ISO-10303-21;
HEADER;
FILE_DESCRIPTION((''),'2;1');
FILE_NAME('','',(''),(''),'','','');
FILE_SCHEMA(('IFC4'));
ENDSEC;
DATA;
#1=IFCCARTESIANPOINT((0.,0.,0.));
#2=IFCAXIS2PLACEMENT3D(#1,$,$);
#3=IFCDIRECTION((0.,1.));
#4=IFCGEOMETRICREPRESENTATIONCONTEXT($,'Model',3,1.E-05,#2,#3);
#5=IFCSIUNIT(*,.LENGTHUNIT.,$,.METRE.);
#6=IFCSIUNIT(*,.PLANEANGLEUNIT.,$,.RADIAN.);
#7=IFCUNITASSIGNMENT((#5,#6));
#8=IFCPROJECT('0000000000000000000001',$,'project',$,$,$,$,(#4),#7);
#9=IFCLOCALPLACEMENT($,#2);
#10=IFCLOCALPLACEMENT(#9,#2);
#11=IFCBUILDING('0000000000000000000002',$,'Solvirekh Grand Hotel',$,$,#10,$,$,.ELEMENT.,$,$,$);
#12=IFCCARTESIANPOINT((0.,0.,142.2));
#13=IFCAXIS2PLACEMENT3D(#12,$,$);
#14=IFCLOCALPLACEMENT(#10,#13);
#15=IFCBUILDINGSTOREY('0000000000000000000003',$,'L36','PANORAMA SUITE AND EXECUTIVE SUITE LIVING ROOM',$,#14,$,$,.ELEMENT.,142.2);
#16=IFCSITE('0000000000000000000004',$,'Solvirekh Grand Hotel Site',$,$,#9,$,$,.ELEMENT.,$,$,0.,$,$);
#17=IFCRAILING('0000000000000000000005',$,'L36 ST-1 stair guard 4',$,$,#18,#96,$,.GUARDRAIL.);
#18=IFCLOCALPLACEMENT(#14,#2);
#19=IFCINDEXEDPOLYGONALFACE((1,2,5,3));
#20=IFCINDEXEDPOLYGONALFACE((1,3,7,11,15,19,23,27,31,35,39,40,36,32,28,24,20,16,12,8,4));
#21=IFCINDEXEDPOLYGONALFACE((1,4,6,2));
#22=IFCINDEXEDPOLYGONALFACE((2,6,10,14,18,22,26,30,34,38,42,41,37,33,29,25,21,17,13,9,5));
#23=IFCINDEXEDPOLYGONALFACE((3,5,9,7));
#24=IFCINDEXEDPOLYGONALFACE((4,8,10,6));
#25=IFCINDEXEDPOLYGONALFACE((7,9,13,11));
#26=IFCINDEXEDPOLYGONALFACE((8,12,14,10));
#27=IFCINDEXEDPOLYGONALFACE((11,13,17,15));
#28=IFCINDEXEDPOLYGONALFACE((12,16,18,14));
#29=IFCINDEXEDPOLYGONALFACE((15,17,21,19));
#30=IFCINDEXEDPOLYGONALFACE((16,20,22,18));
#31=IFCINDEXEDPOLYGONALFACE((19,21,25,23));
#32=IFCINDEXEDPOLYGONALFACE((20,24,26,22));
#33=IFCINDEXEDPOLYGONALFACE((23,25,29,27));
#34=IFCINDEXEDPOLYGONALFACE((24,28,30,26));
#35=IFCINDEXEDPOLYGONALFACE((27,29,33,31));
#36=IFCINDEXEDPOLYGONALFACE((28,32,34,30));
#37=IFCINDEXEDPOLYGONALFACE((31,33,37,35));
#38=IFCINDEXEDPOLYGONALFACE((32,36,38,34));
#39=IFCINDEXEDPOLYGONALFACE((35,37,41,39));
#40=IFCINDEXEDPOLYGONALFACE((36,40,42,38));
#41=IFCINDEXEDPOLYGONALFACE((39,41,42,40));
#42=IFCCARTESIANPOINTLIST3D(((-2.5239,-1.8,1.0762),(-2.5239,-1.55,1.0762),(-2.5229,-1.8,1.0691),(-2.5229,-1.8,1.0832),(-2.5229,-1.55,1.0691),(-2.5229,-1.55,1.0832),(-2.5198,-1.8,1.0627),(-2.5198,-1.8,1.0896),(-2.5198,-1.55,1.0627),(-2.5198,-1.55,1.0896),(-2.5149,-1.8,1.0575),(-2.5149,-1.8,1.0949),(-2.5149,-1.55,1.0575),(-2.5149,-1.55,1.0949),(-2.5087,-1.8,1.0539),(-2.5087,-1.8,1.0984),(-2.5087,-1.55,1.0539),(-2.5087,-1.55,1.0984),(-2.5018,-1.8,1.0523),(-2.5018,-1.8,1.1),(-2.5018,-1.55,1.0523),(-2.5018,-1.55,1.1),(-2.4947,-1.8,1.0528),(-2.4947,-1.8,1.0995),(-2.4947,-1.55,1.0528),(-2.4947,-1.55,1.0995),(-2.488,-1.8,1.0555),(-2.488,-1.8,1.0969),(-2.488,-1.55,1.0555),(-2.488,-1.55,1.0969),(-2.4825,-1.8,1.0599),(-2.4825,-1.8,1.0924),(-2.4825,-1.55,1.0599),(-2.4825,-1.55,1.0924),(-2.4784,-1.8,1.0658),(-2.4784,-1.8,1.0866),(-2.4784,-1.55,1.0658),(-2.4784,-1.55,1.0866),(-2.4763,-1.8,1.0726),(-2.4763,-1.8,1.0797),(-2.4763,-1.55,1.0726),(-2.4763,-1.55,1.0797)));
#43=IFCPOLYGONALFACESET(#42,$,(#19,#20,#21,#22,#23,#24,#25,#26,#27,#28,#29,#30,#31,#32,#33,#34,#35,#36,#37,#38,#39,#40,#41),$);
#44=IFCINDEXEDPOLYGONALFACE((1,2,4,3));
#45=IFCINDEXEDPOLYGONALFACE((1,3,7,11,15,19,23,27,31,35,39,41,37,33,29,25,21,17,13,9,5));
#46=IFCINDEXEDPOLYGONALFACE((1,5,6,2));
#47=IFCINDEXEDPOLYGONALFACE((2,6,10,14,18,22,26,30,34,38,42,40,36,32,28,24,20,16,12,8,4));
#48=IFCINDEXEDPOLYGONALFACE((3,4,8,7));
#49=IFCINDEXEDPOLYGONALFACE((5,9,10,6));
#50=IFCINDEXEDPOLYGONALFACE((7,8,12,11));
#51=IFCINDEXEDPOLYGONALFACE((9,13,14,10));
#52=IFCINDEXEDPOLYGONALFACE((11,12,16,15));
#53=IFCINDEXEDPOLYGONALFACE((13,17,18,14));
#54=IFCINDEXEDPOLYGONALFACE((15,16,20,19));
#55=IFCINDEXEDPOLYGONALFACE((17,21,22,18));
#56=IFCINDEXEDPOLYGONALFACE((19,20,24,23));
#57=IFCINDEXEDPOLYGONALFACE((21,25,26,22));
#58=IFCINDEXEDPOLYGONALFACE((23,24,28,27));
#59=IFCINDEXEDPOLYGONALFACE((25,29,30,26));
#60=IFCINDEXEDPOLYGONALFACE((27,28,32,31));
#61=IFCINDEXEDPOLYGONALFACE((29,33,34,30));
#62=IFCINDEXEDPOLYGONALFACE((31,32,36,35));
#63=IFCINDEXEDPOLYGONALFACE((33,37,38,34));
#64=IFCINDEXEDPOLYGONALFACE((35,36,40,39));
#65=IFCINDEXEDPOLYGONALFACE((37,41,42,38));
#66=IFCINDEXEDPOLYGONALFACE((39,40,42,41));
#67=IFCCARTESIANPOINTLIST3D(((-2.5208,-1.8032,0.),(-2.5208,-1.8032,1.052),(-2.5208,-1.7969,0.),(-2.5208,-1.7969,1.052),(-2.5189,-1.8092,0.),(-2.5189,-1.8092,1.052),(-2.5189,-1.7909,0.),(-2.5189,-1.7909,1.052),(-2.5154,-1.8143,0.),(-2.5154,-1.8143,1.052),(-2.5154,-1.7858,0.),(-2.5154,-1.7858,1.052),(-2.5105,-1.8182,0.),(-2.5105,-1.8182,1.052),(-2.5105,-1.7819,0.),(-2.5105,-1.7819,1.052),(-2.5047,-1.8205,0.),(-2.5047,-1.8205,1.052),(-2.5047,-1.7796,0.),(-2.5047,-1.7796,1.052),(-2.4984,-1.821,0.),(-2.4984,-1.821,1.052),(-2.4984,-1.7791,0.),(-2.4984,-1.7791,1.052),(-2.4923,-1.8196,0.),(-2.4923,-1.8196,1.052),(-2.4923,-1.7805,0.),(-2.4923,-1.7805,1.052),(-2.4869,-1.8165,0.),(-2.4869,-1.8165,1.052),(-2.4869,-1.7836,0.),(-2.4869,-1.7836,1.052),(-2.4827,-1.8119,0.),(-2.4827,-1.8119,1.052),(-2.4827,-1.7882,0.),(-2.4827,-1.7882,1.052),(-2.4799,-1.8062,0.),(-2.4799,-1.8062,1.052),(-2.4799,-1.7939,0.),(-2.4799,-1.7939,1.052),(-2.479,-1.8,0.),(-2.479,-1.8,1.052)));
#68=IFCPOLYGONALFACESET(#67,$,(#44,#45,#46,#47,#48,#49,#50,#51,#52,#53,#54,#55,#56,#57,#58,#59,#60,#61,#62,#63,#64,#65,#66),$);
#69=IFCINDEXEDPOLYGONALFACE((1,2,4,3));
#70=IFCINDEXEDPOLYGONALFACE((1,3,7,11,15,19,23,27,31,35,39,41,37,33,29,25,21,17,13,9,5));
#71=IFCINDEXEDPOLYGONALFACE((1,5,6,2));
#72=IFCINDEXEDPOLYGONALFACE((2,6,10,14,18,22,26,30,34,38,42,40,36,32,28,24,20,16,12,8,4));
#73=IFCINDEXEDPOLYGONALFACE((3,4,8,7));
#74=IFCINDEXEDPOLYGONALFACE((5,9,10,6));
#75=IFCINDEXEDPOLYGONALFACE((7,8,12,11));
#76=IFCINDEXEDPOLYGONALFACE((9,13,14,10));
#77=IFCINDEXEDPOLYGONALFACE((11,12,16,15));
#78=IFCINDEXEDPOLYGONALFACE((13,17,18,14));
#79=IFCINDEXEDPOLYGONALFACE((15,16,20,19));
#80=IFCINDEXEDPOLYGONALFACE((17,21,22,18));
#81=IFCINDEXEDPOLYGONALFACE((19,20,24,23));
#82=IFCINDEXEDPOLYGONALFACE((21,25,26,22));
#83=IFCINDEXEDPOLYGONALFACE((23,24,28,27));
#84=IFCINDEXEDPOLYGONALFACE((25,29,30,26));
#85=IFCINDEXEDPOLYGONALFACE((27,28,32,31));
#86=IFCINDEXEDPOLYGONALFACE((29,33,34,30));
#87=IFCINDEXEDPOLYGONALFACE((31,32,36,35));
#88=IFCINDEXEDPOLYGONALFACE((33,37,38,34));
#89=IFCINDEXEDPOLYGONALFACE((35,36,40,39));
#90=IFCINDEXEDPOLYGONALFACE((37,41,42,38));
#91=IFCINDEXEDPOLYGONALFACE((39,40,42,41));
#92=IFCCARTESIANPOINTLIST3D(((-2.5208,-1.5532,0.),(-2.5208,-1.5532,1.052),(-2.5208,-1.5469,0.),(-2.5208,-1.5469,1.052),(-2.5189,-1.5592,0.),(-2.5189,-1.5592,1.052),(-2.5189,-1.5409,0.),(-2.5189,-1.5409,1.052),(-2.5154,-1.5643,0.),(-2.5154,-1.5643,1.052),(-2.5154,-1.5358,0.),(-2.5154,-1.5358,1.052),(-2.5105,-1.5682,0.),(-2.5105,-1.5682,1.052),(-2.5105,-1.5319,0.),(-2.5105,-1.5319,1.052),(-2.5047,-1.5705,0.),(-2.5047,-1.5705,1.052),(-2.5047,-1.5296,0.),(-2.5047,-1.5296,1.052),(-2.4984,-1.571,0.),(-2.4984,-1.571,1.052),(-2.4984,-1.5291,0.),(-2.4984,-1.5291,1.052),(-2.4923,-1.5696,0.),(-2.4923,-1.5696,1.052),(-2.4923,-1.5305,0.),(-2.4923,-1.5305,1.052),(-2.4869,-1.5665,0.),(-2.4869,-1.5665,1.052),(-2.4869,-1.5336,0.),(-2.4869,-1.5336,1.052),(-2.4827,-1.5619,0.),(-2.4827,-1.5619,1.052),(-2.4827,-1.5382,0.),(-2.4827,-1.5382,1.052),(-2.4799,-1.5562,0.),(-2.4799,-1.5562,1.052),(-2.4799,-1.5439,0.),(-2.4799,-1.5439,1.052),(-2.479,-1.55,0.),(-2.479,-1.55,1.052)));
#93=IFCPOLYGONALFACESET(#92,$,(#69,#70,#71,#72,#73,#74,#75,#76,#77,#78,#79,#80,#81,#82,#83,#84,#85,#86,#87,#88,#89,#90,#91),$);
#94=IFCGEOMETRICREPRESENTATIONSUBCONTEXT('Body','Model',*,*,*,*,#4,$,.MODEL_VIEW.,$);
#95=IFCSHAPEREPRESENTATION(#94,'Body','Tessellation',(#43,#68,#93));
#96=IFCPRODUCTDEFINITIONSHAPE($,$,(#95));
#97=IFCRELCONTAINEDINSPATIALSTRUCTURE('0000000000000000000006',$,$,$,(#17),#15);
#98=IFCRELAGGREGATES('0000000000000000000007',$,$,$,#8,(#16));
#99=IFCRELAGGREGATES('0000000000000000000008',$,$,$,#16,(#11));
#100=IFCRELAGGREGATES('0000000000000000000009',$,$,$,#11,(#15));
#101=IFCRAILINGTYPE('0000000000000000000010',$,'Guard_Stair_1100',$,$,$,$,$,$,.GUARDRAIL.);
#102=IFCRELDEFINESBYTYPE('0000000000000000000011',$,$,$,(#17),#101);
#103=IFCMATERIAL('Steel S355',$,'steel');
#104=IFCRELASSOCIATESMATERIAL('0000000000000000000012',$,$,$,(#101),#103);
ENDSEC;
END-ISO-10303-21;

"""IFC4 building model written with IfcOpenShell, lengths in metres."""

from ifc_helpers import new_model, si_unit, direction, frame, origin, origin_2d, place, context, subcontext, project, spatial, circle, extrude, material, type_object, element, save


model = new_model("IFC4")

# Units and contexts
model_context = context("Model", 3, precision=1e-05, world=origin(), true_north=direction((0.0, 1.0)))
body_context = subcontext(model_context, "Body", "Model", "MODEL_VIEW")
ifc_project = project(units=[si_unit("LENGTHUNIT", "METRE"), si_unit("PLANEANGLEUNIT", "RADIAN")], contexts=[model_context])

# Site, building, storey
site_placement = place(None, origin())
site = spatial("IfcSite", under=ifc_project, at=site_placement, Name="Solvirekh Grand Hotel Site", CompositionType="ELEMENT", RefElevation=0.0)
building_placement = place(site_placement, origin())
building = spatial("IfcBuilding", under=site, at=building_placement, Name="Solvirekh Grand Hotel", CompositionType="ELEMENT")
storey_placement = place(building_placement, frame((0.0, 0.0, 142.2)))
storey = spatial("IfcBuildingStorey", under=building, at=storey_placement, Name="L36", Description="PANORAMA SUITE AND EXECUTIVE SUITE LIVING ROOM", CompositionType="ELEMENT", Elevation=142.2)

# Shared definitions
ifc_material_1 = material(Name="Steel S355", Category="steel")

# Railing
railing_type_1 = type_object("IfcRailingType", Name="Guard_Stair_1100", PredefinedType="GUARDRAIL", material=ifc_material_1)
railing_1_placement = place(storey_placement, frame((-2.5, -1.8, 0.0)))
element("IfcRailing", 1, at=railing_1_placement, inside=storey, type_object=railing_type_1, Name="L36 ST-1 stair guard 4", PredefinedType="GUARDRAIL", context=body_context, shape_type="SweptSolid", body=[
    extrude(circle(Radius=0.0239, at=origin_2d()), frame((0.0, 0.0, 1.0762), z_axis=(0.0, 1.0, 0.0), x_axis=(-1.0, 0.0, 0.0)), (0.0, 0.0, 1.0), 0.25),
    extrude(circle(Radius=0.021, at=origin_2d()), origin(), (0.0, 0.0, 1.0), 1.052),
    extrude(circle(Radius=0.021, at=origin_2d()), frame((0.0, 0.25, 0.0)), (0.0, 0.0, 1.0), 1.052),
])

save(model, "model.ifc")
